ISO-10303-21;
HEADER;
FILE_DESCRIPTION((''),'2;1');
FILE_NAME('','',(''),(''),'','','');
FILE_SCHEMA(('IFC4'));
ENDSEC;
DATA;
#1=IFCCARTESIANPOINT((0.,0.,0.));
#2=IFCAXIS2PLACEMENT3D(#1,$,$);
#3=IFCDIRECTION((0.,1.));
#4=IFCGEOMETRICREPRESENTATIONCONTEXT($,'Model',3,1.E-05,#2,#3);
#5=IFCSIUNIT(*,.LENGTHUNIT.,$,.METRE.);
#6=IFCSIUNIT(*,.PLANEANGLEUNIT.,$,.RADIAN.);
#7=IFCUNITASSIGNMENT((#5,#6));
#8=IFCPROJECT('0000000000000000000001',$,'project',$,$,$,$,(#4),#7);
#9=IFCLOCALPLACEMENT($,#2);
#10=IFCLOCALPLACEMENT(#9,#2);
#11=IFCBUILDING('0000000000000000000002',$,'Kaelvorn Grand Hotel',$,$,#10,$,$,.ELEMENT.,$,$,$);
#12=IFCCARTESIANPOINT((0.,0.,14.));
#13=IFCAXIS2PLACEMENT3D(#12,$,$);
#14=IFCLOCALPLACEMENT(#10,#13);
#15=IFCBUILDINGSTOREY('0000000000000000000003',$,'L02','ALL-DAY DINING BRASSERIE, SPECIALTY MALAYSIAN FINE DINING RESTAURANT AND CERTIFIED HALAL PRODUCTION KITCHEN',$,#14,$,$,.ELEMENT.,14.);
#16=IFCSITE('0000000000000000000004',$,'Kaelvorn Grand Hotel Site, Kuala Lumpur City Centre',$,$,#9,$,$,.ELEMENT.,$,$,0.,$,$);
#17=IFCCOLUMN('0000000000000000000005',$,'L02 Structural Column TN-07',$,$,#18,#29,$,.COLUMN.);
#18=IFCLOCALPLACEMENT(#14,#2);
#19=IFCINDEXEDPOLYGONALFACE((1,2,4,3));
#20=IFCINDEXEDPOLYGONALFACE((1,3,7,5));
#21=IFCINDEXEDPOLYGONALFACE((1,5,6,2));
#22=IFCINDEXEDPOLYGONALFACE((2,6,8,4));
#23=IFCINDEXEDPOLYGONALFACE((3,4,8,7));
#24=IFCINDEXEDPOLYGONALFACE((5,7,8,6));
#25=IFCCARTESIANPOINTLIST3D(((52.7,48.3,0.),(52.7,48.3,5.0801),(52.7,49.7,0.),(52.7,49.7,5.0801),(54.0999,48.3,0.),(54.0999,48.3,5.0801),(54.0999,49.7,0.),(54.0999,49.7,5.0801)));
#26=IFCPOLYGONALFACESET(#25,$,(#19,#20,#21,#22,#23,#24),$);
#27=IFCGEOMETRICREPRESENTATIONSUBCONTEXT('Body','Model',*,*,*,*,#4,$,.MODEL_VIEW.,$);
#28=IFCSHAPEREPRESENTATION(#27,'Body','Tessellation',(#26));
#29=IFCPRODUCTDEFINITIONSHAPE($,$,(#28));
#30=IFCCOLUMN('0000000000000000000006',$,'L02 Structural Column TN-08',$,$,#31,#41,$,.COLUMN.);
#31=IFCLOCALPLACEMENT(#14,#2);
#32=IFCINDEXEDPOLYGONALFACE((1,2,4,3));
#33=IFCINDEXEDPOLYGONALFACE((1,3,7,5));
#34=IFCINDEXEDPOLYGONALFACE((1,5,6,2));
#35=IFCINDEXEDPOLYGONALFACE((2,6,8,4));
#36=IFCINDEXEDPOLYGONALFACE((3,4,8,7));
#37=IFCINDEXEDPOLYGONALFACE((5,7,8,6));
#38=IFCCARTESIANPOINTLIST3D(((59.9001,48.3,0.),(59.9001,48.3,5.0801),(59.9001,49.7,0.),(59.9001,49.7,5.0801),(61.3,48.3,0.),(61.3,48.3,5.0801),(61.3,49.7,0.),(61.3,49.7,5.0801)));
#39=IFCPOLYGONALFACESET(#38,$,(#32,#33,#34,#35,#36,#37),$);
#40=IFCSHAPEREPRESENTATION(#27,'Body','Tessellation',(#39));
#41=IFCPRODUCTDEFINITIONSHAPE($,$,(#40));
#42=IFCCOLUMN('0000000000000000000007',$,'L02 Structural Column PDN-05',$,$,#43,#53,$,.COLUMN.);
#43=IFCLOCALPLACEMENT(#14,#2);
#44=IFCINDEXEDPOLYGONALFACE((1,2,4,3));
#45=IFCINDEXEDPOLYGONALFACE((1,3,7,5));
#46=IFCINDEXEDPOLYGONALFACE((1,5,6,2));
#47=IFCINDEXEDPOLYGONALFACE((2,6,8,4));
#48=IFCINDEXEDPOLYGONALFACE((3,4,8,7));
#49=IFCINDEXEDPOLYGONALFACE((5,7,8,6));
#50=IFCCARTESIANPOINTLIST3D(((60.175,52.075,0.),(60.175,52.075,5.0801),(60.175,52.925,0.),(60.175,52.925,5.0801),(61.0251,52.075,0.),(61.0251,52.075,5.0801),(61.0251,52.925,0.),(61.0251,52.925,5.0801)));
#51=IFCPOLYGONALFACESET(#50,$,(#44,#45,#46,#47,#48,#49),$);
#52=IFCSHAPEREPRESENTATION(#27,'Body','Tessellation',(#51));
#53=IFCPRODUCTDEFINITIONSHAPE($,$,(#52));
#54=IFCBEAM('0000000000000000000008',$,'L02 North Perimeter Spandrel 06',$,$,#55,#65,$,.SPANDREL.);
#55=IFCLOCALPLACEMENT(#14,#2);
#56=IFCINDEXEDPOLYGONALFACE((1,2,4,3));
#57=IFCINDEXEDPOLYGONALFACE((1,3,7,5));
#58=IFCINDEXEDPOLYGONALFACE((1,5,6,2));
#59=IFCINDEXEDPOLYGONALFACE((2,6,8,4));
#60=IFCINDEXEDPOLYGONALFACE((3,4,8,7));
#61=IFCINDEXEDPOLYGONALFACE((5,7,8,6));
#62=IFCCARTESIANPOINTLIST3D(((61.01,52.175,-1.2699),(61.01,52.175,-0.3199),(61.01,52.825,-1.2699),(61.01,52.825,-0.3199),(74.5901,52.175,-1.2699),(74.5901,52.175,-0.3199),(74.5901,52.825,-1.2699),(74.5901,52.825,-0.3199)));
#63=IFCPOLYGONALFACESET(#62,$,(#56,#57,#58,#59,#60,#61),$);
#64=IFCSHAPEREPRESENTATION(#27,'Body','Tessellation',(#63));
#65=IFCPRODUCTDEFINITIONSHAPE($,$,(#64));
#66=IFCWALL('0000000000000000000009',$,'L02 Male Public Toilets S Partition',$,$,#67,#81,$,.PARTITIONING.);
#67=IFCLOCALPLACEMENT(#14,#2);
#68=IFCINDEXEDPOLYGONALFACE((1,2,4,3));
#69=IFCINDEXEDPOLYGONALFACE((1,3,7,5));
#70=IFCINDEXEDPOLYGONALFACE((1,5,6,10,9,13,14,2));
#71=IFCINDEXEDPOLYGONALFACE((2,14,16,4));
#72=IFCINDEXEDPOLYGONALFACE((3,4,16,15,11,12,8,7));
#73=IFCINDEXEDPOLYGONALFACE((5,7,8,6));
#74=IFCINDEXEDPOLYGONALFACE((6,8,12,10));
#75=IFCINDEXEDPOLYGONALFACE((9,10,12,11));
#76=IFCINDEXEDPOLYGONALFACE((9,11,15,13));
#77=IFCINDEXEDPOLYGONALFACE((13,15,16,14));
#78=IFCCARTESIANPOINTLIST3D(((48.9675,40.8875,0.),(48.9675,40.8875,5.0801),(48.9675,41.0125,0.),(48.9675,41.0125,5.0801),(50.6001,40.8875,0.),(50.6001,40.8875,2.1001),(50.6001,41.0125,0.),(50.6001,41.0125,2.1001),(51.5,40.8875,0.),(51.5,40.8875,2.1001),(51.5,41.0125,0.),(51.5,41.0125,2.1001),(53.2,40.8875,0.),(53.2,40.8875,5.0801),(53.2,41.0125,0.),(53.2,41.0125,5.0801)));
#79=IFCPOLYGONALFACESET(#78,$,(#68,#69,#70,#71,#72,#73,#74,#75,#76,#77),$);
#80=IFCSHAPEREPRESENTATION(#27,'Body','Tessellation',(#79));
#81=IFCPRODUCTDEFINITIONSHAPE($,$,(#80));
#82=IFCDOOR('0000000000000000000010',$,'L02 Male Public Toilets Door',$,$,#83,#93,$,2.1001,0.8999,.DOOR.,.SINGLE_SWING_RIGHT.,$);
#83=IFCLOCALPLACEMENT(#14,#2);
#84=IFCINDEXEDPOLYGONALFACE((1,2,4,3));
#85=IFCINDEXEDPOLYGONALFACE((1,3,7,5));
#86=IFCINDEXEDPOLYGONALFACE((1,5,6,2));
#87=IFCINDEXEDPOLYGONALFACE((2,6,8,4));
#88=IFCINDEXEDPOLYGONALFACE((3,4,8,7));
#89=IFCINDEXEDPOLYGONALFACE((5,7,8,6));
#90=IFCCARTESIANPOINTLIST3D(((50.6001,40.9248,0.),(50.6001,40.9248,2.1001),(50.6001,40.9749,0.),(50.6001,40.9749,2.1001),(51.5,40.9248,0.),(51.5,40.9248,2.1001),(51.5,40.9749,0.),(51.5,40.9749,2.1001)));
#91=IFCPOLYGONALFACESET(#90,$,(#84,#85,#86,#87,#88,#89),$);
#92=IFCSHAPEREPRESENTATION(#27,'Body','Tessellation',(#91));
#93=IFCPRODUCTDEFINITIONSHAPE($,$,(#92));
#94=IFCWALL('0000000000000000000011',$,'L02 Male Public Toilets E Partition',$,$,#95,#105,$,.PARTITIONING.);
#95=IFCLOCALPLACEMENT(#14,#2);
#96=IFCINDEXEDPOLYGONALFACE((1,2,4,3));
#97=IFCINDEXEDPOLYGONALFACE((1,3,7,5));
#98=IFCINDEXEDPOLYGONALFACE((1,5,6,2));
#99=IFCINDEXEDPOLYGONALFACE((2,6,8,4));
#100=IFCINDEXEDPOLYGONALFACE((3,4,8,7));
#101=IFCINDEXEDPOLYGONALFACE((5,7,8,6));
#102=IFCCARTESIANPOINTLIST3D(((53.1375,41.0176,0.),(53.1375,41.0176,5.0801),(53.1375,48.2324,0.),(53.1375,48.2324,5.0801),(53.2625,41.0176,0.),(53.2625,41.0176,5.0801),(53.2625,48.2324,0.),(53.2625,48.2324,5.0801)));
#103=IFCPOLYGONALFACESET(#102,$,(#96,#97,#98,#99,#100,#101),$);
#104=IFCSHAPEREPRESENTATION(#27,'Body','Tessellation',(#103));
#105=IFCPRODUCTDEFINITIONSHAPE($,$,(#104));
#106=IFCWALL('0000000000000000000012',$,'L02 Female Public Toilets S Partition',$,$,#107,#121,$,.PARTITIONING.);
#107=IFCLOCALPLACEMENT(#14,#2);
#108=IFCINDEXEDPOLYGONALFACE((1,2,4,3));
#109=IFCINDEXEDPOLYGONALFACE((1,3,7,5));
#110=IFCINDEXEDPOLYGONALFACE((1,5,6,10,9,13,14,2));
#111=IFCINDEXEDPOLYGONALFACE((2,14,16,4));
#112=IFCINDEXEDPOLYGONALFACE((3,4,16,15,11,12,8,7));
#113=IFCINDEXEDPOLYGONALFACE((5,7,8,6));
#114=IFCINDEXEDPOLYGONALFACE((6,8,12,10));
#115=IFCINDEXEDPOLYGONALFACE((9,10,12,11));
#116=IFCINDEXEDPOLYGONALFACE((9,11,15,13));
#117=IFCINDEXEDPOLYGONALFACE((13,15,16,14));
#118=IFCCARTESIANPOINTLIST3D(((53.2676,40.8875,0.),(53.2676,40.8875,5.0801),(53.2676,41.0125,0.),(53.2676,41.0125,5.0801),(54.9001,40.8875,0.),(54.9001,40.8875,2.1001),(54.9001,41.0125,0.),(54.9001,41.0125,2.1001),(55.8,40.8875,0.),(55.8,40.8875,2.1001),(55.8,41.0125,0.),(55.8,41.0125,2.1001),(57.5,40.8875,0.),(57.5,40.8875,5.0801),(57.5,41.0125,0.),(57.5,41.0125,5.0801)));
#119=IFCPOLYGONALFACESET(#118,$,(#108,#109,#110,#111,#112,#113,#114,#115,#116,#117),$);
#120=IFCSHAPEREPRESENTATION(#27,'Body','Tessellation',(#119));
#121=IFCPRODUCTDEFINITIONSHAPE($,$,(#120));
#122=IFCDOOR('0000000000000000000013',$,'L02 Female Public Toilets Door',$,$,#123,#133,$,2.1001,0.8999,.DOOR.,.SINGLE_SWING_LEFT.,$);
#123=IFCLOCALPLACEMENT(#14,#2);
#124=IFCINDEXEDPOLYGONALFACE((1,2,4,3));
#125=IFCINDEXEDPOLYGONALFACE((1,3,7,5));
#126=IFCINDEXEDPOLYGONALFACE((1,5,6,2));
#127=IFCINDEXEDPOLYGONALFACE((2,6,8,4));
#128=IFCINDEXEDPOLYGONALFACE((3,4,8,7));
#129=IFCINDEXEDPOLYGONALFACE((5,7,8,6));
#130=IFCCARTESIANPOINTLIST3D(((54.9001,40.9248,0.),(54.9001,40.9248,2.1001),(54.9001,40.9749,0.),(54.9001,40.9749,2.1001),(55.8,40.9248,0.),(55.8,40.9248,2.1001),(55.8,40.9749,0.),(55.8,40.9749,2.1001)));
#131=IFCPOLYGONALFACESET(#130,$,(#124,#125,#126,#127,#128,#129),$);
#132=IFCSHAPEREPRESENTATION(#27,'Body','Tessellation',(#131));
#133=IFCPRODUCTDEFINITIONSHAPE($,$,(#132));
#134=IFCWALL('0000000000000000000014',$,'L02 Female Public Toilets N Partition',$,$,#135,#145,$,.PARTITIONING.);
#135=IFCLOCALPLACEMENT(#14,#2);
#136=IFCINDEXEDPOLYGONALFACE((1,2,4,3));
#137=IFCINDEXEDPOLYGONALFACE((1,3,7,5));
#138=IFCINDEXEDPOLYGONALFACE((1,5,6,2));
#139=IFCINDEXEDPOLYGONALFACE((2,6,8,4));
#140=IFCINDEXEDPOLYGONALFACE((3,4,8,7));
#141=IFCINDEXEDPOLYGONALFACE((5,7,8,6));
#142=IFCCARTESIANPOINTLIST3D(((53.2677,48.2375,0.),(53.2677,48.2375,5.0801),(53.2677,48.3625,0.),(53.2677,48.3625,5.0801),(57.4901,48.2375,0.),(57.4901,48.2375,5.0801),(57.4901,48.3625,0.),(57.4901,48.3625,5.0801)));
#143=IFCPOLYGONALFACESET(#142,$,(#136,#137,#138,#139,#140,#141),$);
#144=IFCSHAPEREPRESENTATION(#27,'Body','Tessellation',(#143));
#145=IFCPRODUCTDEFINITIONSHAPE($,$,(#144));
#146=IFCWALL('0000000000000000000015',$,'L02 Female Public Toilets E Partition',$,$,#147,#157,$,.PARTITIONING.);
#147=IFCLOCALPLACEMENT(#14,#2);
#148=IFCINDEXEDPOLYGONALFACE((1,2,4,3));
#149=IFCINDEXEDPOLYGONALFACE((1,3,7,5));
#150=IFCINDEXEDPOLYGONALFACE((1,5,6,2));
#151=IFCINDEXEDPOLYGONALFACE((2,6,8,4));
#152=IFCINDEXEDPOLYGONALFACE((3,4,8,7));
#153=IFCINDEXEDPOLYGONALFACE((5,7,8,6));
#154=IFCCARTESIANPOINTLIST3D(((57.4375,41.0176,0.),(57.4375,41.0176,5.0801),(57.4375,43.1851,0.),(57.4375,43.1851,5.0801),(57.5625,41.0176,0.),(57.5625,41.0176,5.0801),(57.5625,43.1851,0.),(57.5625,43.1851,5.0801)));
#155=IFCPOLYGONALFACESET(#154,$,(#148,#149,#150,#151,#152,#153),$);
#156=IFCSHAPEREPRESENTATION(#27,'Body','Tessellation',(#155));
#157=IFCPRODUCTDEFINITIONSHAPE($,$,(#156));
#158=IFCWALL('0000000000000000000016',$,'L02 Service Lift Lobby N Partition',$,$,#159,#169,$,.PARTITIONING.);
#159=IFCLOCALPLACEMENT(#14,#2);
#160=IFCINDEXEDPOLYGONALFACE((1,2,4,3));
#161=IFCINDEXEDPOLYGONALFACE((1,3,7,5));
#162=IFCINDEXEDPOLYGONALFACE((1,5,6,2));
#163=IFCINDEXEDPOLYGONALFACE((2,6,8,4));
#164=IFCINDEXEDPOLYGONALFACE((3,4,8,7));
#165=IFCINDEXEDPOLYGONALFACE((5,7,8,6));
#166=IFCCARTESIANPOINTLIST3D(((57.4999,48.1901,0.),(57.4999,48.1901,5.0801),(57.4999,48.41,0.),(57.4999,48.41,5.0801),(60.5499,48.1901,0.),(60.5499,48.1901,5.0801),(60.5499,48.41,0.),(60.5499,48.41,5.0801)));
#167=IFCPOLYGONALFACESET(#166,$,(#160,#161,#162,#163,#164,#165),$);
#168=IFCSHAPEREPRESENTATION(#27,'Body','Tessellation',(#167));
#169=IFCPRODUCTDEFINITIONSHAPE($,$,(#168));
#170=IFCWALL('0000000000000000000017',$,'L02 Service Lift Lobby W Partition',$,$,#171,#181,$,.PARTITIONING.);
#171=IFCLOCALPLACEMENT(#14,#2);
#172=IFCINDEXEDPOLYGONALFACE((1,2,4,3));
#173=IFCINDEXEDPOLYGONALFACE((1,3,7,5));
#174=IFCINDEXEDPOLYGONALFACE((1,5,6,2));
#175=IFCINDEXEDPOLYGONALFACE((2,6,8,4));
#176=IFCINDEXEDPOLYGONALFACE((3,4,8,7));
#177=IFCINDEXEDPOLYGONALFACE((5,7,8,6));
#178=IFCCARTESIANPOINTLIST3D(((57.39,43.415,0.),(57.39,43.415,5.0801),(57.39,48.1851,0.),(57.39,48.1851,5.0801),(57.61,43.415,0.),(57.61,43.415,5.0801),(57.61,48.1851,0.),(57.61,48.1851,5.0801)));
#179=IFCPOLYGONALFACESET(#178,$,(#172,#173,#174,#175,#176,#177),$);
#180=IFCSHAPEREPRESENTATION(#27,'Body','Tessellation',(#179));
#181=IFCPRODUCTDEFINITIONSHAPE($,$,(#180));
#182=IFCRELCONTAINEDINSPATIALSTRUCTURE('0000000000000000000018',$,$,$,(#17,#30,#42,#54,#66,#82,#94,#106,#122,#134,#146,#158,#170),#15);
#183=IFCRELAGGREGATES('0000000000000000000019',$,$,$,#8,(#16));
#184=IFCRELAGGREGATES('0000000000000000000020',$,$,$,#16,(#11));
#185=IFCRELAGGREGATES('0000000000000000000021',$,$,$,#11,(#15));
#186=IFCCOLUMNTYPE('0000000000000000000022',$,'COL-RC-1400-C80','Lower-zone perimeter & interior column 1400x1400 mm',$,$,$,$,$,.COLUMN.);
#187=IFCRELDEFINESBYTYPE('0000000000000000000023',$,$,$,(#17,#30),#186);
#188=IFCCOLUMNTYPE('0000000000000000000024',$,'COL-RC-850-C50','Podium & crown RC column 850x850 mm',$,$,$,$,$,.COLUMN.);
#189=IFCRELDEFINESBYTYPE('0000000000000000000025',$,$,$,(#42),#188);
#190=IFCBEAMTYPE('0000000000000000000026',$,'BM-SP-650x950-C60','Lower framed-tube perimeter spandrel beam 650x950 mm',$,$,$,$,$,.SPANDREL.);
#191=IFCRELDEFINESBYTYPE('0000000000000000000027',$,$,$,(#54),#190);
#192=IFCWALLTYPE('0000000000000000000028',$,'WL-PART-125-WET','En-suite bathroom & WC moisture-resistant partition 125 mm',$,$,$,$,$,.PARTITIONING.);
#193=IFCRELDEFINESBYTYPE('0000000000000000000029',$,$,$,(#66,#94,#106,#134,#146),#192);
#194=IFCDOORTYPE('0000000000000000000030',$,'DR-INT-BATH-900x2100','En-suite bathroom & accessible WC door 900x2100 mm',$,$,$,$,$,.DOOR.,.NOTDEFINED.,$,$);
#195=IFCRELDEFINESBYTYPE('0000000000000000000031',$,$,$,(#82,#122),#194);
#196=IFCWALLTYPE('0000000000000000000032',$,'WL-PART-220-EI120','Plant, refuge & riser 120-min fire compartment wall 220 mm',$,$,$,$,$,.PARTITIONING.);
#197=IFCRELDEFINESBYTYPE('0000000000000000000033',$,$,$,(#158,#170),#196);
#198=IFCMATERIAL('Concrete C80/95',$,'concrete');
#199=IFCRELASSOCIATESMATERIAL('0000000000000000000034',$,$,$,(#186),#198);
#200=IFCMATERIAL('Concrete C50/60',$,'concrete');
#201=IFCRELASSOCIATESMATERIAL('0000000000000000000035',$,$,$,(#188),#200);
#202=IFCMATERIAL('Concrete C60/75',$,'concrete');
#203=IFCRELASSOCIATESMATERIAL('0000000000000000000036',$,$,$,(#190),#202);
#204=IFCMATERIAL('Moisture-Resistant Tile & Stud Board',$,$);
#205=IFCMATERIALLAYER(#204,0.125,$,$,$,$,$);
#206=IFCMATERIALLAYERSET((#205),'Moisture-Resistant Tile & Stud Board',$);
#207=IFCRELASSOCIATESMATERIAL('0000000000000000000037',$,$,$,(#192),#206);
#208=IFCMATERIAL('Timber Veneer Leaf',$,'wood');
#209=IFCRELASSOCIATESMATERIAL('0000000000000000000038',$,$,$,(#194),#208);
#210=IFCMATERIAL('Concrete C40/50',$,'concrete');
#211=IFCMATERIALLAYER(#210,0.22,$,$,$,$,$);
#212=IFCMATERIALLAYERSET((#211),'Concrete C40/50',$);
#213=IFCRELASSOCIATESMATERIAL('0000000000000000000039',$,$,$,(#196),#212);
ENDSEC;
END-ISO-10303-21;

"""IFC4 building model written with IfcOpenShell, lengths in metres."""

from ifc_helpers import new_model, si_unit, direction, frame, frame_2d, origin, origin_2d, place, context, subcontext, project, spatial, rectangle, extrude, material, layer, layer_set, material_profile, profile_set, type_object, element, fill, save


model = new_model("IFC4")

# Units and contexts
model_context = context("Model", 3, precision=1e-05, world=origin(), true_north=direction((0.0, 1.0)))
body_context = subcontext(model_context, "Body", "Model", "MODEL_VIEW")
ifc_project = project(units=[si_unit("LENGTHUNIT", "METRE"), si_unit("PLANEANGLEUNIT", "RADIAN")], contexts=[model_context])

# Site, building, storey
site_placement = place(None, origin())
site = spatial("IfcSite", under=ifc_project, at=site_placement, Name="Kaelvorn Grand Hotel Site, Kuala Lumpur City Centre", CompositionType="ELEMENT", RefElevation=0.0)
building_placement = place(site_placement, origin())
building = spatial("IfcBuilding", under=site, at=building_placement, Name="Kaelvorn Grand Hotel", CompositionType="ELEMENT")
storey_placement = place(building_placement, frame((0.0, 0.0, 14.0)))
storey = spatial("IfcBuildingStorey", under=building, at=storey_placement, Name="L02", Description="ALL-DAY DINING BRASSERIE, SPECIALTY MALAYSIAN FINE DINING RESTAURANT AND CERTIFIED HALAL PRODUCTION KITCHEN", CompositionType="ELEMENT", Elevation=14.0)

# Columns
ifc_material_1 = material(Name="Concrete C80/95", Category="concrete")
ifc_material_profile_1 = material_profile(ifc_material_1, rectangle(XDim=1.3999, YDim=1.3999, at=origin_2d()), Name="RC COL 1400x1400")
ifc_profile_set_1 = profile_set([ifc_material_profile_1], Name="Concrete C80/95")
column_type_1 = type_object("IfcColumnType", Name="COL-RC-1400-C80", Description="Lower-zone perimeter & interior column 1400x1400 mm", PredefinedType="COLUMN", material=ifc_profile_set_1)
for number, where, z_axis, x_axis, name in (
    (1, (53.3999, 49.0, 0.0), (0.0, 0.0, 1.0), (1.0, 0.0, 0.0), "L02 Structural Column TN-07"),
    (2, (60.6001, 49.0, 0.0), (0.0, 0.0, 1.0), (1.0, 0.0, 0.0), "L02 Structural Column TN-08"),
):
    element("IfcColumn", number, at=place(storey_placement, frame(where, z_axis=z_axis, x_axis=x_axis)), inside=storey, type_object=column_type_1, Name=name, PredefinedType="COLUMN", context=body_context, shape_type="SweptSolid", body=[
        extrude(rectangle(XDim=1.3999, YDim=1.3999, at=origin_2d()), origin(), (0.0, 0.0, 1.0), 5.0801),
    ])
ifc_material_2 = material(Name="Concrete C50/60", Category="concrete")
ifc_material_profile_2 = material_profile(ifc_material_2, rectangle(XDim=0.8501, YDim=0.8501, at=origin_2d()), Name="RC COL 850x850")
ifc_profile_set_2 = profile_set([ifc_material_profile_2], Name="Concrete C50/60")
column_type_2 = type_object("IfcColumnType", Name="COL-RC-850-C50", Description="Podium & crown RC column 850x850 mm", PredefinedType="COLUMN", material=ifc_profile_set_2)
column_placement = place(storey_placement, frame((60.6001, 52.5, 0.0), z_axis=(0.0, 0.0, 1.0), x_axis=(1.0, 0.0, 0.0)))
element("IfcColumn", 3, at=column_placement, inside=storey, type_object=column_type_2, Name="L02 Structural Column PDN-05", PredefinedType="COLUMN", context=body_context, shape_type="SweptSolid", body=[
    extrude(rectangle(XDim=0.8501, YDim=0.8501, at=origin_2d()), origin(), (0.0, 0.0, 1.0), 5.0801),
])

# Beam
ifc_material_3 = material(Name="Concrete C60/75", Category="concrete")
ifc_material_profile_3 = material_profile(ifc_material_3, rectangle(XDim=0.6499, YDim=0.95, at=origin_2d()), Name="RC SPANDREL 650x950")
ifc_profile_set_3 = profile_set([ifc_material_profile_3], Name="Concrete C60/75")
beam_type = type_object("IfcBeamType", Name="BM-SP-650x950-C60", Description="Lower framed-tube perimeter spandrel beam 650x950 mm", PredefinedType="SPANDREL", material=ifc_profile_set_3)
beam_placement = place(storey_placement, frame((61.01, 52.5, -0.7949), z_axis=(1.0, 0.0, 0.0), x_axis=(0.0, 1.0, 0.0)))
element("IfcBeam", 4, at=beam_placement, inside=storey, type_object=beam_type, Name="L02 North Perimeter Spandrel 06", PredefinedType="SPANDREL", context=body_context, shape_type="SweptSolid", body=[
    extrude(rectangle(XDim=0.6499, YDim=0.95, at=origin_2d()), origin(), (0.0, 0.0, 1.0), 13.5801),
])

# Wall, opening, door
ifc_material_4 = material(Name="Moisture-Resistant Tile & Stud Board")
ifc_layer_1 = layer(ifc_material_4, 0.125)
ifc_layer_set_1 = layer_set([ifc_layer_1], Name="Moisture-Resistant Tile & Stud Board")
wall_type_1 = type_object("IfcWallType", Name="WL-PART-125-WET", Description="En-suite bathroom & WC moisture-resistant partition 125 mm", PredefinedType="PARTITIONING", material=ifc_layer_set_1)
wall_1_placement = place(storey_placement, frame((48.9675, 40.95, 0.0), z_axis=(0.0, 0.0, 1.0), x_axis=(1.0, 0.0, 0.0)))
wall_1 = element("IfcWall", 5, at=wall_1_placement, inside=storey, type_object=wall_type_1, Name="L02 Male Public Toilets S Partition", PredefinedType="PARTITIONING", context=body_context, shape_type="SweptSolid", body=[
    extrude(rectangle(XDim=4.2324, YDim=0.125, at=frame_2d((2.1162, 0.0))), origin(), (0.0, 0.0, 1.0), 5.0801),
])
opening_1_placement = place(wall_1_placement, frame((1.6326, 0.0, 0.0)))
opening_1 = element("IfcOpeningElement", 6, at=opening_1_placement, cuts=wall_1, PredefinedType="OPENING", context=body_context, shape_type="SweptSolid", body=[
    extrude(rectangle(XDim=0.8999, YDim=2.1001, at=frame_2d((0.45, 1.05))), frame((0.0, 0.0725, 0.0), z_axis=(0.0, -1.0, 0.0), x_axis=(1.0, 0.0, 0.0)), (0.0, 0.0, 1.0), 0.145),
])
ifc_material_5 = material(Name="Timber Veneer Leaf", Category="wood")
door_type_1 = type_object("IfcDoorType", Name="DR-INT-BATH-900x2100", Description="En-suite bathroom & accessible WC door 900x2100 mm", OperationType="NOTDEFINED", PredefinedType="DOOR", material=ifc_material_5)
door_1_placement = place(opening_1_placement, origin())
door_1 = element("IfcDoor", 7, at=door_1_placement, inside=storey, type_object=door_type_1, Name="L02 Male Public Toilets Door", OperationType="SINGLE_SWING_RIGHT", OverallHeight=2.1001, OverallWidth=0.8999, PredefinedType="DOOR", context=body_context, shape_type="SweptSolid", body=[
    extrude(rectangle(XDim=0.8999, YDim=2.1001, at=frame_2d((0.45, 1.05))), frame((0.0, 0.0249, 0.0), z_axis=(0.0, -1.0, 0.0), x_axis=(1.0, 0.0, 0.0)), (0.0, 0.0, 1.0), 0.05),
])
fill(opening_1, door_1)

# Wall
wall_2_placement = place(storey_placement, frame((53.2, 41.0176, 0.0), z_axis=(0.0, 0.0, 1.0), x_axis=(0.0, 1.0, 0.0)))
element("IfcWall", 8, at=wall_2_placement, inside=storey, type_object=wall_type_1, Name="L02 Male Public Toilets E Partition", PredefinedType="PARTITIONING", context=body_context, shape_type="SweptSolid", body=[
    extrude(rectangle(XDim=7.2148, YDim=0.125, at=frame_2d((3.6074, 0.0))), origin(), (0.0, 0.0, 1.0), 5.0801),
])

# Wall, opening, door
wall_3_placement = place(storey_placement, frame((53.2676, 40.95, 0.0), z_axis=(0.0, 0.0, 1.0), x_axis=(1.0, 0.0, 0.0)))
wall_3 = element("IfcWall", 9, at=wall_3_placement, inside=storey, type_object=wall_type_1, Name="L02 Female Public Toilets S Partition", PredefinedType="PARTITIONING", context=body_context, shape_type="SweptSolid", body=[
    extrude(rectangle(XDim=4.2324, YDim=0.125, at=frame_2d((2.1162, 0.0))), origin(), (0.0, 0.0, 1.0), 5.0801),
])
opening_2_placement = place(wall_3_placement, frame((1.6326, 0.0, 0.0)))
opening_2 = element("IfcOpeningElement", 10, at=opening_2_placement, cuts=wall_3, PredefinedType="OPENING", context=body_context, shape_type="SweptSolid", body=[
    extrude(rectangle(XDim=0.8999, YDim=2.1001, at=frame_2d((0.45, 1.05))), frame((0.0, 0.0725, 0.0), z_axis=(0.0, -1.0, 0.0), x_axis=(1.0, 0.0, 0.0)), (0.0, 0.0, 1.0), 0.145),
])
door_2_placement = place(opening_2_placement, origin())
door_2 = element("IfcDoor", 11, at=door_2_placement, inside=storey, type_object=door_type_1, Name="L02 Female Public Toilets Door", OperationType="SINGLE_SWING_LEFT", OverallHeight=2.1001, OverallWidth=0.8999, PredefinedType="DOOR", context=body_context, shape_type="SweptSolid", body=[
    extrude(rectangle(XDim=0.8999, YDim=2.1001, at=frame_2d((0.45, 1.05))), frame((0.0, 0.0249, 0.0), z_axis=(0.0, -1.0, 0.0), x_axis=(1.0, 0.0, 0.0)), (0.0, 0.0, 1.0), 0.05),
])
fill(opening_2, door_2)

# Walls
wall_4_placement = place(storey_placement, frame((53.2676, 48.3, 0.0), z_axis=(0.0, 0.0, 1.0), x_axis=(1.0, 0.0, 0.0)))
element("IfcWall", 12, at=wall_4_placement, inside=storey, type_object=wall_type_1, Name="L02 Female Public Toilets N Partition", PredefinedType="PARTITIONING", context=body_context, shape_type="SweptSolid", body=[
    extrude(rectangle(XDim=4.2224, YDim=0.125, at=frame_2d((2.1113, 0.0))), origin(), (0.0, 0.0, 1.0), 5.0801),
])
wall_5_placement = place(storey_placement, frame((57.5, 41.0176, 0.0), z_axis=(0.0, 0.0, 1.0), x_axis=(0.0, 1.0, 0.0)))
element("IfcWall", 13, at=wall_5_placement, inside=storey, type_object=wall_type_1, Name="L02 Female Public Toilets E Partition", PredefinedType="PARTITIONING", context=body_context, shape_type="SweptSolid", body=[
    extrude(rectangle(XDim=2.1675, YDim=0.125, at=frame_2d((1.0837, 0.0))), origin(), (0.0, 0.0, 1.0), 5.0801),
])

# Shared definitions
ifc_material_6 = material(Name="Concrete C40/50", Category="concrete")
ifc_layer_2 = layer(ifc_material_6, 0.22)
ifc_layer_set_2 = layer_set([ifc_layer_2], Name="Concrete C40/50")
wall_type_2 = type_object("IfcWallType", Name="WL-PART-220-EI120", Description="Plant, refuge & riser 120-min fire compartment wall 220 mm", PredefinedType="PARTITIONING", material=ifc_layer_set_2)

# Walls
wall_6_placement = place(storey_placement, frame((57.5, 48.3, 0.0), z_axis=(0.0, 0.0, 1.0), x_axis=(1.0, 0.0, 0.0)))
element("IfcWall", 14, at=wall_6_placement, inside=storey, type_object=wall_type_2, Name="L02 Service Lift Lobby N Partition", PredefinedType="PARTITIONING", context=body_context, shape_type="SweptSolid", body=[
    extrude(rectangle(XDim=3.05, YDim=0.22, at=frame_2d((1.5249, 0.0))), origin(), (0.0, 0.0, 1.0), 5.0801),
])
wall_7_placement = place(storey_placement, frame((57.5, 43.415, 0.0), z_axis=(0.0, 0.0, 1.0), x_axis=(0.0, 1.0, 0.0)))
element("IfcWall", 15, at=wall_7_placement, inside=storey, type_object=wall_type_2, Name="L02 Service Lift Lobby W Partition", PredefinedType="PARTITIONING", context=body_context, shape_type="SweptSolid", body=[
    extrude(rectangle(XDim=4.77, YDim=0.22, at=frame_2d((2.385, 0.0))), origin(), (0.0, 0.0, 1.0), 5.0801),
])

save(model, "model.ifc")
